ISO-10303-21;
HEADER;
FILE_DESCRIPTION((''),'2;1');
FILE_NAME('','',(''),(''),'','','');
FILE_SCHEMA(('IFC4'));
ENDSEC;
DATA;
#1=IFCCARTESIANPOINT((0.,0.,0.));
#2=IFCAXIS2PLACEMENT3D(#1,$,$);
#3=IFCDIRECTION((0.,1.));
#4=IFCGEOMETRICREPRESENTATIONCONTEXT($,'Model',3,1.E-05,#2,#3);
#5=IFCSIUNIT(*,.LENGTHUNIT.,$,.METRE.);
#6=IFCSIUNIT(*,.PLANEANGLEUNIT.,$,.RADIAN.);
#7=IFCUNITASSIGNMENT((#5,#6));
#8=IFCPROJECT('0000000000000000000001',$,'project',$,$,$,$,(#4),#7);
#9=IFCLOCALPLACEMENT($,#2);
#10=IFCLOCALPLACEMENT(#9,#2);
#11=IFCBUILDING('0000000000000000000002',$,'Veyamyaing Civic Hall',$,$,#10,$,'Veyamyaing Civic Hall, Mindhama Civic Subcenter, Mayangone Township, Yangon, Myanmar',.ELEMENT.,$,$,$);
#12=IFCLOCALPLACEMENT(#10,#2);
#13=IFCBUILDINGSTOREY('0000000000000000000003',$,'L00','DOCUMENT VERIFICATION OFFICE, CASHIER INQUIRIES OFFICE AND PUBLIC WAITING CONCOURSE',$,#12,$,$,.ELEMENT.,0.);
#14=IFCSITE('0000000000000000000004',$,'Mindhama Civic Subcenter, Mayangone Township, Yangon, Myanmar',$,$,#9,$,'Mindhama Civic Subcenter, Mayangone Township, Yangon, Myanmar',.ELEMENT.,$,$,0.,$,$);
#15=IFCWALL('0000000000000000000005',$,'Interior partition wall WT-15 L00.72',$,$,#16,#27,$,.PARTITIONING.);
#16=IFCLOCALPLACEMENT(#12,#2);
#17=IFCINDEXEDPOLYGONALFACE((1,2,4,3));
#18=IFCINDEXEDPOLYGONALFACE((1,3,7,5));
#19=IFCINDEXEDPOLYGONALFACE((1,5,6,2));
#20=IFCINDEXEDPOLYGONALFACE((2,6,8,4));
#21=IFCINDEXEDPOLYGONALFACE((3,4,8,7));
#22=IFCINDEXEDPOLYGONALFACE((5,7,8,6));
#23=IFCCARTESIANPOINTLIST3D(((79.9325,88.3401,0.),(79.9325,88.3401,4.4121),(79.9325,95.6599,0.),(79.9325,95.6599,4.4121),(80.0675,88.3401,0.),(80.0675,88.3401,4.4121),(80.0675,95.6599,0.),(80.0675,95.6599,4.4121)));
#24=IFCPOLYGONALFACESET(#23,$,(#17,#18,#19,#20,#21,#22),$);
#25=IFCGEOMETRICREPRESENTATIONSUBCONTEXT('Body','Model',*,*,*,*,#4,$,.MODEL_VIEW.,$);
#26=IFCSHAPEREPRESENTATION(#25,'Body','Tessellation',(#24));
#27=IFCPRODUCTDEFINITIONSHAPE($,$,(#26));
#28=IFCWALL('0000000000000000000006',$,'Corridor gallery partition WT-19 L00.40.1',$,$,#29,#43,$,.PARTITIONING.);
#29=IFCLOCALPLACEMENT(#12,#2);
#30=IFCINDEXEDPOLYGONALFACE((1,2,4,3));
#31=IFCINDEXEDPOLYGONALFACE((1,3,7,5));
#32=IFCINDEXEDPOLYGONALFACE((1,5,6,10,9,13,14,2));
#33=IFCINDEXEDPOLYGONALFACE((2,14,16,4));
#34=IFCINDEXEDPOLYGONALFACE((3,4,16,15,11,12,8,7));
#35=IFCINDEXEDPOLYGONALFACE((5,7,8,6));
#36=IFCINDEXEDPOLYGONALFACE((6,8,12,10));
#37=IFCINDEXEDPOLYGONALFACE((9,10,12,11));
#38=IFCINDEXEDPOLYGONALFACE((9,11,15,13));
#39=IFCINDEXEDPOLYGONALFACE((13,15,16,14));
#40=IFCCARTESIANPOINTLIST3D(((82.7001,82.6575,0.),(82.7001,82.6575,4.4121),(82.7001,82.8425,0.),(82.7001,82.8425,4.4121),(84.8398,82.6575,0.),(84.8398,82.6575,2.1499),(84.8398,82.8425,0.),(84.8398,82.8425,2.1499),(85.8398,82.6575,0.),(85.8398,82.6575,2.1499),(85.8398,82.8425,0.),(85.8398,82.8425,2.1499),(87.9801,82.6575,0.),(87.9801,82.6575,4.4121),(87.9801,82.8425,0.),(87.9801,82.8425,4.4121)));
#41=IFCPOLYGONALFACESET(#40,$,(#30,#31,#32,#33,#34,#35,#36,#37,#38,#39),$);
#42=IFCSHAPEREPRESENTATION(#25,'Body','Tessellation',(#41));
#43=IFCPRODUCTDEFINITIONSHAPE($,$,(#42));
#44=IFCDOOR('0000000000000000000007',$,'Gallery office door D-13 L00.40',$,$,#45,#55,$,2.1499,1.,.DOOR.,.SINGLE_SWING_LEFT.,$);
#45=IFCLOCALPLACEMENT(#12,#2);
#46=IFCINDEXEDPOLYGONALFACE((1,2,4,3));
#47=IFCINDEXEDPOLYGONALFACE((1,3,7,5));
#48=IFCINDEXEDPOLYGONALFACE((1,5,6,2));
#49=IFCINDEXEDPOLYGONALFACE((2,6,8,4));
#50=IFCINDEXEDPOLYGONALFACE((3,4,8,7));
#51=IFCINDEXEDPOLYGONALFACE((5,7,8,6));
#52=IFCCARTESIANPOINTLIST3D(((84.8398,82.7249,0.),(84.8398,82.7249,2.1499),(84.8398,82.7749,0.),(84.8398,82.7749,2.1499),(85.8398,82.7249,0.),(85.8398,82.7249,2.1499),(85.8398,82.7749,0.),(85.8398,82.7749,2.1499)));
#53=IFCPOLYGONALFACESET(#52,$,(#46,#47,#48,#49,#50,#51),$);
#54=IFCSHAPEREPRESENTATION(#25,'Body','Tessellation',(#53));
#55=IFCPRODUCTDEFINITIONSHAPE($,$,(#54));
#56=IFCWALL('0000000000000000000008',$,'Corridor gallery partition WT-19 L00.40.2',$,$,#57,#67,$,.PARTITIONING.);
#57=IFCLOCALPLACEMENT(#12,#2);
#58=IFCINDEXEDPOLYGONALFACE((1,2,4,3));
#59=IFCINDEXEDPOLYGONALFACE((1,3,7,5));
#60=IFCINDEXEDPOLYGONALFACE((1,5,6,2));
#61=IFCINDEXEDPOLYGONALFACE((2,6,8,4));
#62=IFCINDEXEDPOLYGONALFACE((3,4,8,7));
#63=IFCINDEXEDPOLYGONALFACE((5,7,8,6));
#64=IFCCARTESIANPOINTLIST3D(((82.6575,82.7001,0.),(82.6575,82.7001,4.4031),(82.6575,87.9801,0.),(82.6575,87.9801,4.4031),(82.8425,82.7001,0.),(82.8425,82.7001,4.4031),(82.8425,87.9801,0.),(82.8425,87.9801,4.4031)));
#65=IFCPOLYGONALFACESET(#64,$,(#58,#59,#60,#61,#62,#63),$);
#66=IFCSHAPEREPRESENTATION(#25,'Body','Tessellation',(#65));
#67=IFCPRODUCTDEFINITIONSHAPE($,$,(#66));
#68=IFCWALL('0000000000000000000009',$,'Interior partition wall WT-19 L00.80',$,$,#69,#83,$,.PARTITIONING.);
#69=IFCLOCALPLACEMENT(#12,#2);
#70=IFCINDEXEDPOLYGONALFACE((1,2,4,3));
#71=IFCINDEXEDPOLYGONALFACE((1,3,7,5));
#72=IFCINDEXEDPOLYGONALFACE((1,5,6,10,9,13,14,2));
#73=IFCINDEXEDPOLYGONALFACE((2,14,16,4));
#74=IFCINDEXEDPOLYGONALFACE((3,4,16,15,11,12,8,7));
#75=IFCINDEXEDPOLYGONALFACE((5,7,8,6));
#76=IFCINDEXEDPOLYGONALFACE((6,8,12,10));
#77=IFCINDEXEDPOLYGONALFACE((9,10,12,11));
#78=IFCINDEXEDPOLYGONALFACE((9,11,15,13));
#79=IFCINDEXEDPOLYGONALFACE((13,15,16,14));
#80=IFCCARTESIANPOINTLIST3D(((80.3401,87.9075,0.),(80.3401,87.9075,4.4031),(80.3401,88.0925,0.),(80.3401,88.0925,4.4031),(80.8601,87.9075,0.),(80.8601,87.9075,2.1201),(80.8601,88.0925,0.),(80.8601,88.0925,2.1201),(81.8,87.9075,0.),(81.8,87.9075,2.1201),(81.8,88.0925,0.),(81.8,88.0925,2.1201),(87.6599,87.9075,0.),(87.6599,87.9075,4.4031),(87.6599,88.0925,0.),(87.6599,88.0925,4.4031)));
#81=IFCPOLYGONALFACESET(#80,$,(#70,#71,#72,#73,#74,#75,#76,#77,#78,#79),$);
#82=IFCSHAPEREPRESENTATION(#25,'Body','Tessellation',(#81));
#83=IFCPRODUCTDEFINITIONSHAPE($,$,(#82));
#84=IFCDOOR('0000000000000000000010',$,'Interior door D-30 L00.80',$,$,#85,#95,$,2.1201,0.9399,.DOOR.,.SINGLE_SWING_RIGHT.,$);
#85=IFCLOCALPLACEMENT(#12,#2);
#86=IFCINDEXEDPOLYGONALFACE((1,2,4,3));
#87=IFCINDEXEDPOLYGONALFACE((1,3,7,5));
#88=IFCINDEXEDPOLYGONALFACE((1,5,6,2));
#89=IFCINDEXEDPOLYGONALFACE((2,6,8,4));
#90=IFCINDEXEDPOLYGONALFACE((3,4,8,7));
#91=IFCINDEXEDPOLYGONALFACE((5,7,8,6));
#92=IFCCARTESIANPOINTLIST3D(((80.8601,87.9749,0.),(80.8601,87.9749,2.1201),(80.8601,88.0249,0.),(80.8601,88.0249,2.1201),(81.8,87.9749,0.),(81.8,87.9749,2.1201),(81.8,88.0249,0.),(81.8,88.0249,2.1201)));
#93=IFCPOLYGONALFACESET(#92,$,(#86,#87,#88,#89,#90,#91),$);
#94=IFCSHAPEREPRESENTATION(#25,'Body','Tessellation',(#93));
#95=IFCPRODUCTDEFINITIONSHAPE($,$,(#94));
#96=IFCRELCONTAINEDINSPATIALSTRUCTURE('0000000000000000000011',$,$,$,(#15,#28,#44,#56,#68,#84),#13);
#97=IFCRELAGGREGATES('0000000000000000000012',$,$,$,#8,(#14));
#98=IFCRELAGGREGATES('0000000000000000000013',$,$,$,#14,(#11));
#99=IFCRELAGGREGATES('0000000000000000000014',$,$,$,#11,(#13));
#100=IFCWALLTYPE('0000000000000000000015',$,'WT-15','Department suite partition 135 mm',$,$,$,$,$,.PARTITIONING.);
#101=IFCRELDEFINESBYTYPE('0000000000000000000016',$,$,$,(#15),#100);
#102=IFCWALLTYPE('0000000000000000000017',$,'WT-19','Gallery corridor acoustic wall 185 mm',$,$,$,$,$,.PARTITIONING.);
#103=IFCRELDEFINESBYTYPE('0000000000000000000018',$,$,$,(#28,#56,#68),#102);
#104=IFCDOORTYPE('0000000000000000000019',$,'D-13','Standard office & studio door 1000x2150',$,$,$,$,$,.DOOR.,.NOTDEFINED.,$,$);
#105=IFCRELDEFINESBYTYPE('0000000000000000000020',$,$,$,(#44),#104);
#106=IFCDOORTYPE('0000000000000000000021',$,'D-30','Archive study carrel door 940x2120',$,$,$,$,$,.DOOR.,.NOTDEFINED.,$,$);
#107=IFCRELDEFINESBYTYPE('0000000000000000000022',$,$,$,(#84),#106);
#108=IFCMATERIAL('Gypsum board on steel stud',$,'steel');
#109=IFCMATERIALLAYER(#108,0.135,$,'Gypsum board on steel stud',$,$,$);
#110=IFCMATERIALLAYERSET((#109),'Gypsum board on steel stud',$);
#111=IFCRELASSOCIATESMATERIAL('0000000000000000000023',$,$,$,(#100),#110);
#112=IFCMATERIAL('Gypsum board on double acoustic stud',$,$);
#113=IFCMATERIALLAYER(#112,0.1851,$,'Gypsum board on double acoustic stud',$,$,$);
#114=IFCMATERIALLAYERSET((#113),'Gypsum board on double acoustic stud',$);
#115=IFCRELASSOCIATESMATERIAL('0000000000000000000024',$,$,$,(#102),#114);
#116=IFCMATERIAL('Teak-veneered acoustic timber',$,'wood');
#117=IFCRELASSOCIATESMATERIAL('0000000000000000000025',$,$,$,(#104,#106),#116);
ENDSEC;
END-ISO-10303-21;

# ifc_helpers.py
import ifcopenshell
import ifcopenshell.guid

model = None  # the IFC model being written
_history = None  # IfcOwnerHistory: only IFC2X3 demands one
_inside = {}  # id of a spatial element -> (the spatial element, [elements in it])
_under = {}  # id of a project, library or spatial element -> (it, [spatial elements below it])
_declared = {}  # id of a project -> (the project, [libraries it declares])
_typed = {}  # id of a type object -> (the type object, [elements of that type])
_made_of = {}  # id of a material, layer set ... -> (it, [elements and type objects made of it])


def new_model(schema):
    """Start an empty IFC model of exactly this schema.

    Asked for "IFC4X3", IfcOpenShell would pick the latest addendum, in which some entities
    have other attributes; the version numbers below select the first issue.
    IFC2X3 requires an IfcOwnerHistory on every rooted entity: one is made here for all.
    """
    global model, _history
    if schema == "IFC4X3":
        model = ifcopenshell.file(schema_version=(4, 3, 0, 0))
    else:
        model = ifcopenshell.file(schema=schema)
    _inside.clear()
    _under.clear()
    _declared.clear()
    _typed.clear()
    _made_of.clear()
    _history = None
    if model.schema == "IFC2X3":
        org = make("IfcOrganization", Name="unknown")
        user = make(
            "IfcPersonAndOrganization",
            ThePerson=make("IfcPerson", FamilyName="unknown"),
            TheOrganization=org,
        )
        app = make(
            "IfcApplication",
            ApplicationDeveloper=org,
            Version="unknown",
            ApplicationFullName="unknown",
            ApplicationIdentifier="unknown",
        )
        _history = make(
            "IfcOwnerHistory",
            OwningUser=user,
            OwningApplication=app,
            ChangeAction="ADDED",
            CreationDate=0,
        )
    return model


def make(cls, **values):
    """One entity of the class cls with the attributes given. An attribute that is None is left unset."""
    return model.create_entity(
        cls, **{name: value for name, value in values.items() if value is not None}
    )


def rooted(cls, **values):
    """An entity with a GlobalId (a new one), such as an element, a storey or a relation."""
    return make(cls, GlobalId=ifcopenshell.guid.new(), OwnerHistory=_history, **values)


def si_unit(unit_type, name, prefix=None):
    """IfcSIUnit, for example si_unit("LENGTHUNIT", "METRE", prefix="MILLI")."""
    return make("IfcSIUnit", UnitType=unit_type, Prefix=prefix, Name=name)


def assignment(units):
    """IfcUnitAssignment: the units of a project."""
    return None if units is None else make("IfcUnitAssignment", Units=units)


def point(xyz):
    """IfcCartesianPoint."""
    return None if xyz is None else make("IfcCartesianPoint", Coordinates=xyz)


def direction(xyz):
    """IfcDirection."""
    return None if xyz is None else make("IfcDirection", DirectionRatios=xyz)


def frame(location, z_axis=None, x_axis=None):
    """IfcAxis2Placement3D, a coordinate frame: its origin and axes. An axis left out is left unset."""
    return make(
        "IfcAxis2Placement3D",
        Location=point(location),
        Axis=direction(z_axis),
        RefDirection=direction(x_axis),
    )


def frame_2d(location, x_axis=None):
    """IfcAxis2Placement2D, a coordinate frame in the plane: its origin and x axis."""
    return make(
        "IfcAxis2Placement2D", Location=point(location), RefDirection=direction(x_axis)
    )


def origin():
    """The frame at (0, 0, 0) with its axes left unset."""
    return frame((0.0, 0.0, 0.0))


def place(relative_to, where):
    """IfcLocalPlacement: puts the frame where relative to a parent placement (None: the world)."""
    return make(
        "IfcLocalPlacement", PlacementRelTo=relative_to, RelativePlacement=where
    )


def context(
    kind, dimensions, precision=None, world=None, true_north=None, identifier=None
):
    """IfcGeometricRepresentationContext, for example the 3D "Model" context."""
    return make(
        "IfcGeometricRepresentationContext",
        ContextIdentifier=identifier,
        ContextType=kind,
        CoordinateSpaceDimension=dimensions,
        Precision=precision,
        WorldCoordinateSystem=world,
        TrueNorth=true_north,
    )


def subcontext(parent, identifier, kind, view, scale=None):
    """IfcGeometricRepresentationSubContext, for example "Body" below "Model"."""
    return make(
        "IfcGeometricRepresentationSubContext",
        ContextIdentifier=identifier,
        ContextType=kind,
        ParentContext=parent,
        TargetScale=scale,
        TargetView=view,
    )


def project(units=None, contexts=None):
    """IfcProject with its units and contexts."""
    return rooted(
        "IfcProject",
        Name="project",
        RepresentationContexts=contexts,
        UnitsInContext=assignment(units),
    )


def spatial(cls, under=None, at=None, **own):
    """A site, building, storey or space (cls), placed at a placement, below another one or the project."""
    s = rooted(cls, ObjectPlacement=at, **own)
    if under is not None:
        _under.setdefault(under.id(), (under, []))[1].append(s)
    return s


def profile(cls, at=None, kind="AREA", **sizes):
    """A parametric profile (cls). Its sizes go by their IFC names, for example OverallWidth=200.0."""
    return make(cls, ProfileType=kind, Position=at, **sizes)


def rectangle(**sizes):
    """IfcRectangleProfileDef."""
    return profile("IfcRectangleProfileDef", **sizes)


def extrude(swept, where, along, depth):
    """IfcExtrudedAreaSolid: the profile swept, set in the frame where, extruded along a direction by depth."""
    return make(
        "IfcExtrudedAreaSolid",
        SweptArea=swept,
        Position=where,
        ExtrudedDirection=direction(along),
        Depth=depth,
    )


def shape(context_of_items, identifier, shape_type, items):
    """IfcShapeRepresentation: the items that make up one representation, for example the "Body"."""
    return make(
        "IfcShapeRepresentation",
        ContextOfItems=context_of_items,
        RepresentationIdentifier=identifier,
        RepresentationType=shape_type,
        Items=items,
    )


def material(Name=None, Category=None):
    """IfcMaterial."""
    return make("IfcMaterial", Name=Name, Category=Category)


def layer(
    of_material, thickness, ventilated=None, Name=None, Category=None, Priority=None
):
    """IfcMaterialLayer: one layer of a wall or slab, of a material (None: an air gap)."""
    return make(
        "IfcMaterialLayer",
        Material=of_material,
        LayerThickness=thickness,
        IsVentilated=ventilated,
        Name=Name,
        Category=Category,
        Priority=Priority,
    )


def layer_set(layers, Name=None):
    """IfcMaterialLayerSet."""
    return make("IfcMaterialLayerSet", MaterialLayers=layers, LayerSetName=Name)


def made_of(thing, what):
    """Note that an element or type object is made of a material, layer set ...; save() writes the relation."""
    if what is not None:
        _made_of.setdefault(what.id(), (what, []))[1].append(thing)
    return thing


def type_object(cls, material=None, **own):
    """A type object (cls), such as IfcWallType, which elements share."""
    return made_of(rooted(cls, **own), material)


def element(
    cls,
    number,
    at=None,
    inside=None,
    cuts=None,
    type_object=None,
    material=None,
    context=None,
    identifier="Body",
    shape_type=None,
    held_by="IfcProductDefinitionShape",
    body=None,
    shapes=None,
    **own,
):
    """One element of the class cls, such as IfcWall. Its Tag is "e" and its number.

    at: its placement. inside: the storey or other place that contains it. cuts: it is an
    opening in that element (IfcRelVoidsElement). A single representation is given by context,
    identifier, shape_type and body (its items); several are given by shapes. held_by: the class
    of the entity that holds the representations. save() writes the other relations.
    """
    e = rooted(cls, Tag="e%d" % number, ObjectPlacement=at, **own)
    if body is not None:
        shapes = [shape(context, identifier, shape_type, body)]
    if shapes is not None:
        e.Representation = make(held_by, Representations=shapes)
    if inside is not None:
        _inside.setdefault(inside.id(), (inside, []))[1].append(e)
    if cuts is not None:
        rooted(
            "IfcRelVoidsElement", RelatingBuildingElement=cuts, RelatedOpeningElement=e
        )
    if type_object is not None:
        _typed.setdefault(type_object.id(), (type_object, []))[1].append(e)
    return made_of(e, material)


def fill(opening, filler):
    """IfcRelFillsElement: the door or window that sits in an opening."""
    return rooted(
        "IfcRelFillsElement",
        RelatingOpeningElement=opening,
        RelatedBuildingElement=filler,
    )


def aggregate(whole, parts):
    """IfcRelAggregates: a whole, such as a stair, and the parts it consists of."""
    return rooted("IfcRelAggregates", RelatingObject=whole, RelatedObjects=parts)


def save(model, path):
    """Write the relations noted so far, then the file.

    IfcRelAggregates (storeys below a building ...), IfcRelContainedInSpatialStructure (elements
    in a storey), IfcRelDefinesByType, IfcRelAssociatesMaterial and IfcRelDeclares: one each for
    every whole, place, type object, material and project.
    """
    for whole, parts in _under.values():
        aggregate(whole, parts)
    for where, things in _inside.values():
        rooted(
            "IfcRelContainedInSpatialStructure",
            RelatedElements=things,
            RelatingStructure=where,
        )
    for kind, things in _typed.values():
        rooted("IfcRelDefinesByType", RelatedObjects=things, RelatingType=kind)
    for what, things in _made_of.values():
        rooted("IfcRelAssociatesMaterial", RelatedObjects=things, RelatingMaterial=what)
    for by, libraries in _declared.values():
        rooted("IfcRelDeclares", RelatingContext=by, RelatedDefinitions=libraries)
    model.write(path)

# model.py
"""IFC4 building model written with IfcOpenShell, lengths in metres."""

from ifc_helpers import new_model, si_unit, direction, frame, frame_2d, origin, place, context, subcontext, project, spatial, rectangle, extrude, material, layer, layer_set, type_object, element, fill, save


model = new_model("IFC4")

# Units and contexts
model_context = context("Model", 3, precision=1e-05, world=origin(), true_north=direction((0.0, 1.0)))
body_context = subcontext(model_context, "Body", "Model", "MODEL_VIEW")
ifc_project = project(units=[si_unit("LENGTHUNIT", "METRE"), si_unit("PLANEANGLEUNIT", "RADIAN")], contexts=[model_context])

# Site, building, storey
site_placement = place(None, origin())
site = spatial("IfcSite", under=ifc_project, at=site_placement, Name="Mindhama Civic Subcenter, Mayangone Township, Yangon, Myanmar", LongName="Mindhama Civic Subcenter, Mayangone Township, Yangon, Myanmar", CompositionType="ELEMENT", RefElevation=0.0)
building_placement = place(site_placement, origin())
building = spatial("IfcBuilding", under=site, at=building_placement, Name="Veyamyaing Civic Hall", LongName="Veyamyaing Civic Hall, Mindhama Civic Subcenter, Mayangone Township, Yangon, Myanmar", CompositionType="ELEMENT")
storey_placement = place(building_placement, origin())
storey = spatial("IfcBuildingStorey", under=building, at=storey_placement, Name="L00", Description="DOCUMENT VERIFICATION OFFICE, CASHIER INQUIRIES OFFICE AND PUBLIC WAITING CONCOURSE", CompositionType="ELEMENT", Elevation=0.0)

# Wall
ifc_material_1 = material(Name="Gypsum board on steel stud", Category="steel")
ifc_layer_1 = layer(ifc_material_1, 0.135, Name="Gypsum board on steel stud")
ifc_layer_set_1 = layer_set([ifc_layer_1], Name="Gypsum board on steel stud")
wall_type_1 = type_object("IfcWallType", Name="WT-15", Description="Department suite partition 135 mm", PredefinedType="PARTITIONING", material=ifc_layer_set_1)
wall_1_placement = place(storey_placement, frame((80.0, 88.3401, 0.0), z_axis=(0.0, 0.0, 1.0), x_axis=(0.0, 1.0, 0.0)))
element("IfcWall", 1, at=wall_1_placement, inside=storey, type_object=wall_type_1, Name="Interior partition wall WT-15 L00.72", PredefinedType="PARTITIONING", context=body_context, shape_type="SweptSolid", body=[
    extrude(rectangle(XDim=7.3198, YDim=0.135, at=frame_2d((3.6599, 0.0))), origin(), (0.0, 0.0, 1.0), 4.4121),
])

# Wall, opening, door
ifc_material_2 = material(Name="Gypsum board on double acoustic stud")
ifc_layer_2 = layer(ifc_material_2, 0.1851, Name="Gypsum board on double acoustic stud")
ifc_layer_set_2 = layer_set([ifc_layer_2], Name="Gypsum board on double acoustic stud")
wall_type_2 = type_object("IfcWallType", Name="WT-19", Description="Gallery corridor acoustic wall 185 mm", PredefinedType="PARTITIONING", material=ifc_layer_set_2)
wall_2_placement = place(storey_placement, frame((82.7, 82.75, 0.0), z_axis=(0.0, 0.0, 1.0), x_axis=(1.0, 0.0, 0.0)))
wall_2 = element("IfcWall", 2, at=wall_2_placement, inside=storey, type_object=wall_type_2, Name="Corridor gallery partition WT-19 L00.40.1", PredefinedType="PARTITIONING", context=body_context, shape_type="SweptSolid", body=[
    extrude(rectangle(XDim=5.28, YDim=0.1851, at=frame_2d((2.6401, 0.0))), origin(), (0.0, 0.0, 1.0), 4.4121),
])
opening_1_placement = place(wall_2_placement, frame((2.1399, 0.0, 0.0)))
opening_1 = element("IfcOpeningElement", 3, at=opening_1_placement, cuts=wall_2, PredefinedType="OPENING", context=body_context, shape_type="SweptSolid", body=[
    extrude(rectangle(XDim=1.0, YDim=2.1499, at=frame_2d((0.5, 1.075))), frame((0.0, 0.1025, 0.0), z_axis=(0.0, -1.0, 0.0), x_axis=(1.0, 0.0, 0.0)), (0.0, 0.0, 1.0), 0.2051),
])
ifc_material_3 = material(Name="Teak-veneered acoustic timber", Category="wood")
door_type_1 = type_object("IfcDoorType", Name="D-13", Description="Standard office & studio door 1000x2150", OperationType="NOTDEFINED", PredefinedType="DOOR", material=ifc_material_3)
door_1_placement = place(opening_1_placement, origin())
door_1 = element("IfcDoor", 4, at=door_1_placement, inside=storey, type_object=door_type_1, Name="Gallery office door D-13 L00.40", OperationType="SINGLE_SWING_LEFT", OverallHeight=2.1499, OverallWidth=1.0, PredefinedType="DOOR", context=body_context, shape_type="SweptSolid", body=[
    extrude(rectangle(XDim=1.0, YDim=2.1499, at=frame_2d((0.5, 1.075))), frame((0.0, 0.0249, 0.0), z_axis=(0.0, -1.0, 0.0), x_axis=(1.0, 0.0, 0.0)), (0.0, 0.0, 1.0), 0.05),
])
fill(opening_1, door_1)

# Wall
wall_3_placement = place(storey_placement, frame((82.75, 82.7, 0.0), z_axis=(0.0, 0.0, 1.0), x_axis=(0.0, 1.0, 0.0)))
element("IfcWall", 5, at=wall_3_placement, inside=storey, type_object=wall_type_2, Name="Corridor gallery partition WT-19 L00.40.2", PredefinedType="PARTITIONING", context=body_context, shape_type="SweptSolid", body=[
    extrude(rectangle(XDim=5.28, YDim=0.1851, at=frame_2d((2.6401, 0.0))), origin(), (0.0, 0.0, 1.0), 4.4031),
])

# Wall, opening, door
wall_4_placement = place(storey_placement, frame((80.3401, 88.0, 0.0), z_axis=(0.0, 0.0, 1.0), x_axis=(1.0, 0.0, 0.0)))
wall_4 = element("IfcWall", 6, at=wall_4_placement, inside=storey, type_object=wall_type_2, Name="Interior partition wall WT-19 L00.80", PredefinedType="PARTITIONING", context=body_context, shape_type="SweptSolid", body=[
    extrude(rectangle(XDim=7.3198, YDim=0.1851, at=frame_2d((3.6599, 0.0))), origin(), (0.0, 0.0, 1.0), 4.4031),
])
opening_2_placement = place(wall_4_placement, frame((0.52, 0.0, 0.0)))
opening_2 = element("IfcOpeningElement", 7, at=opening_2_placement, cuts=wall_4, PredefinedType="OPENING", context=body_context, shape_type="SweptSolid", body=[
    extrude(rectangle(XDim=0.9399, YDim=2.1201, at=frame_2d((0.47, 1.0601))), frame((0.0, 0.1025, 0.0), z_axis=(0.0, -1.0, 0.0), x_axis=(1.0, 0.0, 0.0)), (0.0, 0.0, 1.0), 0.2051),
])
door_type_2 = type_object("IfcDoorType", Name="D-30", Description="Archive study carrel door 940x2120", OperationType="NOTDEFINED", PredefinedType="DOOR", material=ifc_material_3)
door_2_placement = place(opening_2_placement, origin())
door_2 = element("IfcDoor", 8, at=door_2_placement, inside=storey, type_object=door_type_2, Name="Interior door D-30 L00.80", OperationType="SINGLE_SWING_RIGHT", OverallHeight=2.1201, OverallWidth=0.9399, PredefinedType="DOOR", context=body_context, shape_type="SweptSolid", body=[
    extrude(rectangle(XDim=0.9399, YDim=2.1201, at=frame_2d((0.47, 1.0601))), frame((0.0, 0.0249, 0.0), z_axis=(0.0, -1.0, 0.0), x_axis=(1.0, 0.0, 0.0)), (0.0, 0.0, 1.0), 0.05),
])
fill(opening_2, door_2)

save(model, "model.ifc")
